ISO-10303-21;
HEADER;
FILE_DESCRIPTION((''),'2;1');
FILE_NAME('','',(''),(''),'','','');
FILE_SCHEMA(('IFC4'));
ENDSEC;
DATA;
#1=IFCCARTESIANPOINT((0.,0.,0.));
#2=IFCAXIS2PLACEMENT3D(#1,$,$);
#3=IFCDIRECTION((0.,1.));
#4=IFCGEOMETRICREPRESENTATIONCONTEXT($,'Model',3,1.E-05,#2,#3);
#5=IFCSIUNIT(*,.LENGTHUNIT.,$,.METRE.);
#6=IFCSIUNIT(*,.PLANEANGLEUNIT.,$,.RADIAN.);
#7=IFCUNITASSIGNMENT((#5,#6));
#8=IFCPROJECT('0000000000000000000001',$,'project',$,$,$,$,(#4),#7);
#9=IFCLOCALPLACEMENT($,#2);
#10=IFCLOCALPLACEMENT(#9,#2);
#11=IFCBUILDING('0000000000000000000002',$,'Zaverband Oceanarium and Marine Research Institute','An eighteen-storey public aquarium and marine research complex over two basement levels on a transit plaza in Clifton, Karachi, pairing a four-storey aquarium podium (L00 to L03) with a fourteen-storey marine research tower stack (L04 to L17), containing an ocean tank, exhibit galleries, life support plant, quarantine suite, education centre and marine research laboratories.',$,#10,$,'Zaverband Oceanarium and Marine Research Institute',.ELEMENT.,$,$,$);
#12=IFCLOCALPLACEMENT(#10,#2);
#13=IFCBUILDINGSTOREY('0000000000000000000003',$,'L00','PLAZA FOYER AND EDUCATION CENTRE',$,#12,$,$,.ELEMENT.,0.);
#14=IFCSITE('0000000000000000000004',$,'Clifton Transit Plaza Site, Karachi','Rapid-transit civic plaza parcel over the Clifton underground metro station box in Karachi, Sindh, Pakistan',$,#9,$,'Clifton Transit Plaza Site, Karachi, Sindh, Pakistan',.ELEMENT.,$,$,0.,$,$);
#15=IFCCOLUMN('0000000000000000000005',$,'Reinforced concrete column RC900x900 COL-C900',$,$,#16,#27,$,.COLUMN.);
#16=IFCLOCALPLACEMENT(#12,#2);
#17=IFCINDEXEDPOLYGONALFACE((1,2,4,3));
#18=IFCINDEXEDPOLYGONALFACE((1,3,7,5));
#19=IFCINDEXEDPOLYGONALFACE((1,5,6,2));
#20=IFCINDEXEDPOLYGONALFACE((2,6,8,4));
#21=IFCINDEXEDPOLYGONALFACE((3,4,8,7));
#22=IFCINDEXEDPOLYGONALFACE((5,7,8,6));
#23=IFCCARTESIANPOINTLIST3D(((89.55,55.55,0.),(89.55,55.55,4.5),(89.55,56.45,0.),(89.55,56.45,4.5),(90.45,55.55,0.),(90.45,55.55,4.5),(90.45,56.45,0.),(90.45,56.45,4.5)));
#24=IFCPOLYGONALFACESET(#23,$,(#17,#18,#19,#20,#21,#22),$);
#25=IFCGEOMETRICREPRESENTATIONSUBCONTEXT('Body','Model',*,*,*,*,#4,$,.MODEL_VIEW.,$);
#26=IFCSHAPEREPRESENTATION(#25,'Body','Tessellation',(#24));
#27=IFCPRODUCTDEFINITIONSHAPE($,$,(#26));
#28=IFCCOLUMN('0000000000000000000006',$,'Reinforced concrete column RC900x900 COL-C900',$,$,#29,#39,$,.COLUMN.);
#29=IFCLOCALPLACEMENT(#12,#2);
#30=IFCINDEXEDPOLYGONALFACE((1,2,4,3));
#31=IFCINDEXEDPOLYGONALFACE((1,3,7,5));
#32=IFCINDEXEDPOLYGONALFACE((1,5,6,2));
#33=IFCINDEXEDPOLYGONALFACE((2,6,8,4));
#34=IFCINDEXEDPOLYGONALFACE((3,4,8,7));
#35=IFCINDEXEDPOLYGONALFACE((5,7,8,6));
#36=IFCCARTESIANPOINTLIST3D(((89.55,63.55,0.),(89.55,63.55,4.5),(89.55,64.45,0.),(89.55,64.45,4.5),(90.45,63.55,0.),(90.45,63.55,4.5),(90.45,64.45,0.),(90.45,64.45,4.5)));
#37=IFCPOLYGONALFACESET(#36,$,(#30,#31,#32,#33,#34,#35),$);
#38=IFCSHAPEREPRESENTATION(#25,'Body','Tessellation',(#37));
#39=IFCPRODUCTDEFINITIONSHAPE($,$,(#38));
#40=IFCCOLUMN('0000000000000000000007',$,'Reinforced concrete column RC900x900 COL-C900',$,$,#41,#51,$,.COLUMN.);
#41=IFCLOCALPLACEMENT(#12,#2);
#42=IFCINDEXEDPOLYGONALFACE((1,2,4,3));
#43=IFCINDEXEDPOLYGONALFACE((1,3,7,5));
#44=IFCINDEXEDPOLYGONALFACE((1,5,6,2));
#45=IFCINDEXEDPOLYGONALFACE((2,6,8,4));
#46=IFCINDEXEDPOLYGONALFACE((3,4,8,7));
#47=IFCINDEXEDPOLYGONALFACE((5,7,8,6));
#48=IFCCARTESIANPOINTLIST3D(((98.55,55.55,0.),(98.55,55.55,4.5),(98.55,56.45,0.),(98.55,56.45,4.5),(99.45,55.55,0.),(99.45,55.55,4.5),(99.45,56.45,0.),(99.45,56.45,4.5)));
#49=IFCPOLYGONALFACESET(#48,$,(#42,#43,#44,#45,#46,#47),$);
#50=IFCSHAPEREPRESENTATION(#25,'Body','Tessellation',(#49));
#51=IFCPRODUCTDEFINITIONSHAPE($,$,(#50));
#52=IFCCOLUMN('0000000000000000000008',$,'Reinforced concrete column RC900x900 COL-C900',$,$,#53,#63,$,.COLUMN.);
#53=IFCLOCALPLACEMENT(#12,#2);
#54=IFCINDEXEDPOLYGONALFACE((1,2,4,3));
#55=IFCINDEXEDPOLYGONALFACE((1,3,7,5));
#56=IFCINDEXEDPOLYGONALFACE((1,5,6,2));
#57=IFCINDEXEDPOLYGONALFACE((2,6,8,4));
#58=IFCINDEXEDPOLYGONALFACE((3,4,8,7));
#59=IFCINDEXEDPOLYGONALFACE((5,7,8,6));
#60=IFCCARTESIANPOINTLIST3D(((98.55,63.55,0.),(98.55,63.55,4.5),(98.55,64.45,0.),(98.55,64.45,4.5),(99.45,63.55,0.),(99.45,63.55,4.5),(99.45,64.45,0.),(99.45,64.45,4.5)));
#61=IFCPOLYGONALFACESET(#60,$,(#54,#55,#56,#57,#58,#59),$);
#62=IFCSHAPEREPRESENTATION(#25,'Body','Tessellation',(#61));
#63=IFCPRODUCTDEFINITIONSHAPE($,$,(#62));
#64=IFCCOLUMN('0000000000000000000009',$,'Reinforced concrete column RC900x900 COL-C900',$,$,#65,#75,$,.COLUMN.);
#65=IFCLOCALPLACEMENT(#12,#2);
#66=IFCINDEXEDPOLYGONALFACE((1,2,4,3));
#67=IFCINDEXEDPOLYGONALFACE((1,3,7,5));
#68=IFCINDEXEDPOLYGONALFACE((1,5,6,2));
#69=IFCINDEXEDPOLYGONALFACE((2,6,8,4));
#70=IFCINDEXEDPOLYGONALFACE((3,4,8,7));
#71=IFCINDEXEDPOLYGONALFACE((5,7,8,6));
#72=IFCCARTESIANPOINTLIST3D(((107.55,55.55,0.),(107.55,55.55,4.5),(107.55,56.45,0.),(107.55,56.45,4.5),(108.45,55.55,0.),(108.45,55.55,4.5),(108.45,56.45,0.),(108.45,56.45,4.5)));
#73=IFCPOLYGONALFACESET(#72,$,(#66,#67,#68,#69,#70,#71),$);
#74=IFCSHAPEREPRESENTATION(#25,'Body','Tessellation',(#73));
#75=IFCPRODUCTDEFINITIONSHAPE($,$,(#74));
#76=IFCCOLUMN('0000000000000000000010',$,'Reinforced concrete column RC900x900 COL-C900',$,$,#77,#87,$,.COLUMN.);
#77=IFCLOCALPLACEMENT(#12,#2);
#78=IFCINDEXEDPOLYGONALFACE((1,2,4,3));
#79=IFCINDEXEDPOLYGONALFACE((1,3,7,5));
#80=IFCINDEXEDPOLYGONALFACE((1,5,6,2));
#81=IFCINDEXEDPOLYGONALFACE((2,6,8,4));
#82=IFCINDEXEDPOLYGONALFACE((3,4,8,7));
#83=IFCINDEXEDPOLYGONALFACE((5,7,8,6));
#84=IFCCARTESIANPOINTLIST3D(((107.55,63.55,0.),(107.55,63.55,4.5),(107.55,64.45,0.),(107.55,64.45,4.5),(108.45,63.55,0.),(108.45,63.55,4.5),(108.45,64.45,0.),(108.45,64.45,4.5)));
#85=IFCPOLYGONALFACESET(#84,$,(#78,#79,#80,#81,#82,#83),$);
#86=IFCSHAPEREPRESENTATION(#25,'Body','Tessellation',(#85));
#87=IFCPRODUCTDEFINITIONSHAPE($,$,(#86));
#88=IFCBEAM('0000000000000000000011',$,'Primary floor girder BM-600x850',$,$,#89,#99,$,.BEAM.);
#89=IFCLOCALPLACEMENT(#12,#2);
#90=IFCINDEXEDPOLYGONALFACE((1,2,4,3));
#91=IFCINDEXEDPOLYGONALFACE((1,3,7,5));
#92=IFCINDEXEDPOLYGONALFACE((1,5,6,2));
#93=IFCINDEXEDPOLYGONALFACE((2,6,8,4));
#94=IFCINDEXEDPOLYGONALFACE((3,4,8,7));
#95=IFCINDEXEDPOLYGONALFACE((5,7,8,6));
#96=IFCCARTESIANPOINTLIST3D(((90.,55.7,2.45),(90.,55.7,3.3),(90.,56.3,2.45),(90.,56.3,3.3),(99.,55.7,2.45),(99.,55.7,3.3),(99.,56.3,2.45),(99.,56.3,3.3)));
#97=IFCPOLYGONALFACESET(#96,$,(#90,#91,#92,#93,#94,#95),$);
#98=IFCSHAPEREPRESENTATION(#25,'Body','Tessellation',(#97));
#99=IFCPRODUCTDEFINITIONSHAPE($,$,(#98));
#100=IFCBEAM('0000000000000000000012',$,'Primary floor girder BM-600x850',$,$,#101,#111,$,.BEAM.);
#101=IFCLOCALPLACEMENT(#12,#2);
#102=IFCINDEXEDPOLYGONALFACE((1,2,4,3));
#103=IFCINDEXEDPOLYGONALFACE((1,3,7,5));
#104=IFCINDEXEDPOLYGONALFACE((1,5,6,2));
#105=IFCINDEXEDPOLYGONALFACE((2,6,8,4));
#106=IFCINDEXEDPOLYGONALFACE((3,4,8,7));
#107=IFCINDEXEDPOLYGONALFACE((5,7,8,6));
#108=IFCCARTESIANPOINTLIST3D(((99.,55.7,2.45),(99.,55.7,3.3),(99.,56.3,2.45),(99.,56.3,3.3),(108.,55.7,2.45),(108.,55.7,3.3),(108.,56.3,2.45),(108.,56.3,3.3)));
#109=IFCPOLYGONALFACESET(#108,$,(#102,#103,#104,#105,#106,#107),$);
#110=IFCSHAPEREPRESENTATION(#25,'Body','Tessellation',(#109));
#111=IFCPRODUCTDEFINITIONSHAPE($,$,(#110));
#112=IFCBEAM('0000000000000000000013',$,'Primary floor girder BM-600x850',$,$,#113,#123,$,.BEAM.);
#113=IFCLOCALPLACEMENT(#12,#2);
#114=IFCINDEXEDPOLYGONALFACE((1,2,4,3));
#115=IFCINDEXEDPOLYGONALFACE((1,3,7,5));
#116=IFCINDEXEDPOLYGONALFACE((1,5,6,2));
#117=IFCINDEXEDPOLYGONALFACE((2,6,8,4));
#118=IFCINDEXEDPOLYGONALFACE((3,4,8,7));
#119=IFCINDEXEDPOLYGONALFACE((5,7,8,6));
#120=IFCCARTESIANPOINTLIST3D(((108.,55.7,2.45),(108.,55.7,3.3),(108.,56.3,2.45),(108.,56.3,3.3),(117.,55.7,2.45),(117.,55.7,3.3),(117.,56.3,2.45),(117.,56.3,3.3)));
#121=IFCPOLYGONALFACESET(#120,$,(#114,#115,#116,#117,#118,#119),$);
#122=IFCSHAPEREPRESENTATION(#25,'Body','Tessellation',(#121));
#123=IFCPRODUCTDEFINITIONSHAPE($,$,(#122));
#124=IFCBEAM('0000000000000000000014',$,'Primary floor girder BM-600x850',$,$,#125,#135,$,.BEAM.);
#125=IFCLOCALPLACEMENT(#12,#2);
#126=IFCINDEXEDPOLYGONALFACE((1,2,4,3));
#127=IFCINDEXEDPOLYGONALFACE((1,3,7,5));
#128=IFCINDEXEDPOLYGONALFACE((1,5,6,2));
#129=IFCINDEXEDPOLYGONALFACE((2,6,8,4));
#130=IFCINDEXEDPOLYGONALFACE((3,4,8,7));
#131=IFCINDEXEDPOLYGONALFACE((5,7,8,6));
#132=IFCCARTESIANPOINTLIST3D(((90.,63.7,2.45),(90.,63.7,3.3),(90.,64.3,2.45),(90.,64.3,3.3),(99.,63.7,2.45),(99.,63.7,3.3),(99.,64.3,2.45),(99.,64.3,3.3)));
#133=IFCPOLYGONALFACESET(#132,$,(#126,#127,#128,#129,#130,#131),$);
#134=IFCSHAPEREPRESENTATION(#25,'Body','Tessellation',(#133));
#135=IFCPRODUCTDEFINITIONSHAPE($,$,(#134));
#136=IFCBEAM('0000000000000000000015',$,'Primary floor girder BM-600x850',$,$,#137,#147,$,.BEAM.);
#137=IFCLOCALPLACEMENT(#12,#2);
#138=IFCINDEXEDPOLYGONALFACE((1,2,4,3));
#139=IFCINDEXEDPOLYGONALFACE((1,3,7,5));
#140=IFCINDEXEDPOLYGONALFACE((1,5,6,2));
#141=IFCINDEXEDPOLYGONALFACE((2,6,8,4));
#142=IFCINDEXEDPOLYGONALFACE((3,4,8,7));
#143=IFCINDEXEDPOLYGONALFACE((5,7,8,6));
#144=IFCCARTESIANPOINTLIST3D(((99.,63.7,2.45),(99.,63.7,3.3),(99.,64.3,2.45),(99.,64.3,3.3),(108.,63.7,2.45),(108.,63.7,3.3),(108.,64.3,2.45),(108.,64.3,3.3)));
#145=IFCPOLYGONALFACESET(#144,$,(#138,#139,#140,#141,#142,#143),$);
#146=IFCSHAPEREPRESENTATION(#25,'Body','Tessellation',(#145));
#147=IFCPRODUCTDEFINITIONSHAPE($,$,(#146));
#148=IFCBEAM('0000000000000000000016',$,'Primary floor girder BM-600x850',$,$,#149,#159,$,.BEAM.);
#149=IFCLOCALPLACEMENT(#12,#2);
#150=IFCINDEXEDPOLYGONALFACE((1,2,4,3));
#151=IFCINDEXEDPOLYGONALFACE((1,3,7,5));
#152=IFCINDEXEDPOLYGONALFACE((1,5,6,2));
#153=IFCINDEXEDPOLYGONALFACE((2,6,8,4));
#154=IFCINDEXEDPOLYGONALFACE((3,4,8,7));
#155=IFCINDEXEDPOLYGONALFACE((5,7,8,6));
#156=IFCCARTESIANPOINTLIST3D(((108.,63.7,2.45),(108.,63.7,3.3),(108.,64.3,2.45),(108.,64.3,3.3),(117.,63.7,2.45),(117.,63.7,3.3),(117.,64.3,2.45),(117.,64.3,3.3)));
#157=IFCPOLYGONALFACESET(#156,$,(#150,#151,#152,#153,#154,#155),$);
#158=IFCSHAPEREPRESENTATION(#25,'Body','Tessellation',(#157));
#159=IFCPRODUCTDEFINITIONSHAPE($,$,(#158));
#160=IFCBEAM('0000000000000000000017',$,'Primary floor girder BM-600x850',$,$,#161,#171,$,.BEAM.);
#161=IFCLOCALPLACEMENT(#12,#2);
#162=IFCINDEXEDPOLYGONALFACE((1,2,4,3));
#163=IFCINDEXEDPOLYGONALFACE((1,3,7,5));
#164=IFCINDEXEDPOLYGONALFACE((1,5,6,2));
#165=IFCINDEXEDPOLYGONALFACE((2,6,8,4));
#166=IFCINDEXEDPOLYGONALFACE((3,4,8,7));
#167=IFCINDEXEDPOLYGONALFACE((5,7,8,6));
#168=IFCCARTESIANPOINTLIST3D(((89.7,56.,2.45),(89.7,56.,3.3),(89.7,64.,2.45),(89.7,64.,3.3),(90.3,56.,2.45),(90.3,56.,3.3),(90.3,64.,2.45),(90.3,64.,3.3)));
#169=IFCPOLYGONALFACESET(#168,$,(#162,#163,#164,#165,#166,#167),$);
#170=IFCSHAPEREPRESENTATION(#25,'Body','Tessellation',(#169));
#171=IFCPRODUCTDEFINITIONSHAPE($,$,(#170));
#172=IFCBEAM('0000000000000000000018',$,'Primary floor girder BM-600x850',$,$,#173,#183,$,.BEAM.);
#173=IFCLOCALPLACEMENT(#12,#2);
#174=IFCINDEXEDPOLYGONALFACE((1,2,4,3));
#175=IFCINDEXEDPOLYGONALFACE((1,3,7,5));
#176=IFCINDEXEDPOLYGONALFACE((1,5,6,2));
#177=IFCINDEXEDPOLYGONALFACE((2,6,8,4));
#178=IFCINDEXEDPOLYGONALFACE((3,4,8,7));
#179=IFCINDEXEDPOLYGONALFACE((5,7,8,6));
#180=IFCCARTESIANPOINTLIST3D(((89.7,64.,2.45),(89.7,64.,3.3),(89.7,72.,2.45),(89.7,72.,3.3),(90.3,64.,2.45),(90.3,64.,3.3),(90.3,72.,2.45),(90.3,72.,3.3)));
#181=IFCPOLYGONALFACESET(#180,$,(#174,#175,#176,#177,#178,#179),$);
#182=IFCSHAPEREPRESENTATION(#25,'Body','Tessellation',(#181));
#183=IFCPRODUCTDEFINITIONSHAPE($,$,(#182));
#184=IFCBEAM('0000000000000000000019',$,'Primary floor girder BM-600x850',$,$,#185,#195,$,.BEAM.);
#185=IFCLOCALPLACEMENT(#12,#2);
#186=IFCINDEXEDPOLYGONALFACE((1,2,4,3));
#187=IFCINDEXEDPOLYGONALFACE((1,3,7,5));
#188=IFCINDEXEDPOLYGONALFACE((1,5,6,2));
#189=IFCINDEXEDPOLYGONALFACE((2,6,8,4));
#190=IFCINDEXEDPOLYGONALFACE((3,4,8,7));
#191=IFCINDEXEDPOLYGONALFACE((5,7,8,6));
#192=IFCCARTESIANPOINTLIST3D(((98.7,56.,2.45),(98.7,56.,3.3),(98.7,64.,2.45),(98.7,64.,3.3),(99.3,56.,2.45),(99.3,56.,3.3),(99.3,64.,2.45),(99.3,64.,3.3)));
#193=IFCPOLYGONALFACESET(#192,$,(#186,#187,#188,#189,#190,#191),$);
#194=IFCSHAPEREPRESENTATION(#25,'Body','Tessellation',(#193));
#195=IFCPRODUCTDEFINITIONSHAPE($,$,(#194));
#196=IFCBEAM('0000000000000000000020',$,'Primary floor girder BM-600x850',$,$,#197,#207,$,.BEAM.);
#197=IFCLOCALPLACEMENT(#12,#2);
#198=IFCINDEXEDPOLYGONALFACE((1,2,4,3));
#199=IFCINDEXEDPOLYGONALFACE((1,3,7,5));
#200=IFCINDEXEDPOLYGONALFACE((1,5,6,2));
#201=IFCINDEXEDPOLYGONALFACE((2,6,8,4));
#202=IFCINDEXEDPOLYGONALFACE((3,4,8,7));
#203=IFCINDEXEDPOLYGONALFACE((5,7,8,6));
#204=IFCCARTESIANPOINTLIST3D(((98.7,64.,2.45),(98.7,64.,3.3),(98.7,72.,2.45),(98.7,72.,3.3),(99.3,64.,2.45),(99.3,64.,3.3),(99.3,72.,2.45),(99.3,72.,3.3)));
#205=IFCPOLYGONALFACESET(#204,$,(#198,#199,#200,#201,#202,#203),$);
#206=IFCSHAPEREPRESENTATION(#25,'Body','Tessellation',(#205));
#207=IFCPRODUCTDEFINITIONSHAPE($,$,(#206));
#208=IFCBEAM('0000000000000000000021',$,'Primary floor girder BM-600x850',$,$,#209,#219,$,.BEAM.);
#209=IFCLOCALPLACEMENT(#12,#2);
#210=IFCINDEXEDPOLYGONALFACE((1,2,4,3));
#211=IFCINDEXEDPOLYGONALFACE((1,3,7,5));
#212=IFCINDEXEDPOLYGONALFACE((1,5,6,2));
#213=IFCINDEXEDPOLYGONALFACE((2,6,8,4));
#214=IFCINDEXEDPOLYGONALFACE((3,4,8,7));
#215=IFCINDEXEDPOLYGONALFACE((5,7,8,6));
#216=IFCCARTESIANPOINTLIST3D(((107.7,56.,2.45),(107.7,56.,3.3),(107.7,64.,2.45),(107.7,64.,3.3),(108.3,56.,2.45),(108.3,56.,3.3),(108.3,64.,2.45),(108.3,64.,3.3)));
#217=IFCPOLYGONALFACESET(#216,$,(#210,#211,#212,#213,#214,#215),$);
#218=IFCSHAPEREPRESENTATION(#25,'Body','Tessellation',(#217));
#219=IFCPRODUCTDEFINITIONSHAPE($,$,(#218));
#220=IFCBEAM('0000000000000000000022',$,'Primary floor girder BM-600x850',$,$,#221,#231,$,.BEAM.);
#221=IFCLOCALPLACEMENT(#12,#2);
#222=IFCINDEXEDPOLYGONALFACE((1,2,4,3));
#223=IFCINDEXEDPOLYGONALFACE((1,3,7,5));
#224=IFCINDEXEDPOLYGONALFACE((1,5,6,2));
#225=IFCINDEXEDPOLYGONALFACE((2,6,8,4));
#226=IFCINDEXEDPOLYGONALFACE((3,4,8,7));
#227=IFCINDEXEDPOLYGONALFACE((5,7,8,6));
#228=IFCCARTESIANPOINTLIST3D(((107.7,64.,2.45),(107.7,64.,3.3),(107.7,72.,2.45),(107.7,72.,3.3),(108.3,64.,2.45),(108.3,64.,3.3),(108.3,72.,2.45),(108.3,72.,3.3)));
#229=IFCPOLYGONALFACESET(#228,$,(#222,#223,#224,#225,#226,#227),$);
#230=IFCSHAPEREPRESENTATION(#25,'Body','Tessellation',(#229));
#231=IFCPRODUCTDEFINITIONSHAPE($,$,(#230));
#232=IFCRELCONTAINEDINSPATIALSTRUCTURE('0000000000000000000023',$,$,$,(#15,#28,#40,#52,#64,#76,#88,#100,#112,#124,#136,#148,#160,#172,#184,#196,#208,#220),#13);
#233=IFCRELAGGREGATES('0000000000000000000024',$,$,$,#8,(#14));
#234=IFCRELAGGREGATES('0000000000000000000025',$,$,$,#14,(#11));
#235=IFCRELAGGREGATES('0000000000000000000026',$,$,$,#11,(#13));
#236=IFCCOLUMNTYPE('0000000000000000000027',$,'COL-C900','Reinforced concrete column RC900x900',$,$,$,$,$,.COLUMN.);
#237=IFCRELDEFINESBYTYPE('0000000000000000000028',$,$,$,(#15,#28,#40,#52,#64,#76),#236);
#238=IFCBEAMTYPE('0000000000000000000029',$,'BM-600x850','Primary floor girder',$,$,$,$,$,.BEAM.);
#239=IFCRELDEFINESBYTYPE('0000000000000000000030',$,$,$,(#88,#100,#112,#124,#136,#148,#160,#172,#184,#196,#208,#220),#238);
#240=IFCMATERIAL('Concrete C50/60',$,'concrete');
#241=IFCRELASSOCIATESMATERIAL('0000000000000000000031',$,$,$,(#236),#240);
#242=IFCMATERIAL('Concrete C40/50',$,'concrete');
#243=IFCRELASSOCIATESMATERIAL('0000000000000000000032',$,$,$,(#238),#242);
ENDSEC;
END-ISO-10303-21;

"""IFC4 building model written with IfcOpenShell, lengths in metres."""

from ifc_helpers import new_model, si_unit, direction, frame, origin, origin_2d, place, context, subcontext, project, spatial, rectangle, extrude, material, material_profile, profile_set, type_object, element, save


model = new_model("IFC4")

# Units and contexts
model_context = context("Model", 3, precision=1e-05, world=origin(), true_north=direction((0.0, 1.0)))
body_context = subcontext(model_context, "Body", "Model", "MODEL_VIEW")
ifc_project = project(units=[si_unit("LENGTHUNIT", "METRE"), si_unit("PLANEANGLEUNIT", "RADIAN")], contexts=[model_context])

# Site, building, storey
site_placement = place(None, origin())
site = spatial("IfcSite", under=ifc_project, at=site_placement, Name="Clifton Transit Plaza Site, Karachi", Description="Rapid-transit civic plaza parcel over the Clifton underground metro station box in Karachi, Sindh, Pakistan", LongName="Clifton Transit Plaza Site, Karachi, Sindh, Pakistan", CompositionType="ELEMENT", RefElevation=0.0)
building_placement = place(site_placement, origin())
building = spatial("IfcBuilding", under=site, at=building_placement, Name="Zaverband Oceanarium and Marine Research Institute", Description="An eighteen-storey public aquarium and marine research complex over two basement levels on a transit plaza in Clifton, Karachi, pairing a four-storey aquarium podium (L00 to L03) with a fourteen-storey marine research tower stack (L04 to L17), containing an ocean tank, exhibit galleries, life support plant, quarantine suite, education centre and marine research laboratories.", LongName="Zaverband Oceanarium and Marine Research Institute", CompositionType="ELEMENT")
storey_placement = place(building_placement, origin())
storey = spatial("IfcBuildingStorey", under=building, at=storey_placement, Name="L00", Description="PLAZA FOYER AND EDUCATION CENTRE", CompositionType="ELEMENT", Elevation=0.0)

# Columns
ifc_material_1 = material(Name="Concrete C50/60", Category="concrete")
ifc_material_profile_1 = material_profile(ifc_material_1, rectangle(XDim=0.8999, YDim=0.8999, at=origin_2d()), Name="RC900x900")
ifc_profile_set_1 = profile_set([ifc_material_profile_1], Name="Concrete C50/60")
column_type = type_object("IfcColumnType", Name="COL-C900", Description="Reinforced concrete column RC900x900", PredefinedType="COLUMN", material=ifc_profile_set_1)
for number, where, z_axis, x_axis, name in (
    (1, (90.0, 56.0, 0.0), (0.0, 0.0, 1.0), (1.0, 0.0, 0.0), "Reinforced concrete column RC900x900 COL-C900"),
    (2, (90.0, 64.0, 0.0), (0.0, 0.0, 1.0), (1.0, 0.0, 0.0), "Reinforced concrete column RC900x900 COL-C900"),
    (3, (99.0, 56.0, 0.0), (0.0, 0.0, 1.0), (1.0, 0.0, 0.0), "Reinforced concrete column RC900x900 COL-C900"),
    (4, (99.0, 64.0, 0.0), (0.0, 0.0, 1.0), (1.0, 0.0, 0.0), "Reinforced concrete column RC900x900 COL-C900"),
    (5, (108.0, 56.0, 0.0), (0.0, 0.0, 1.0), (1.0, 0.0, 0.0), "Reinforced concrete column RC900x900 COL-C900"),
    (6, (108.0, 64.0, 0.0), (0.0, 0.0, 1.0), (1.0, 0.0, 0.0), "Reinforced concrete column RC900x900 COL-C900"),
):
    element("IfcColumn", number, at=place(storey_placement, frame(where, z_axis=z_axis, x_axis=x_axis)), inside=storey, type_object=column_type, Name=name, PredefinedType="COLUMN", context=body_context, shape_type="SweptSolid", body=[
        extrude(rectangle(XDim=0.8999, YDim=0.8999, at=origin_2d()), origin(), (0.0, 0.0, 1.0), 4.5),
    ])

# Beams
ifc_material_2 = material(Name="Concrete C40/50", Category="concrete")
ifc_material_profile_2 = material_profile(ifc_material_2, rectangle(XDim=0.6001, YDim=0.8501, at=origin_2d()), Name="RC600x850")
ifc_profile_set_2 = profile_set([ifc_material_profile_2], Name="Concrete C40/50")
beam_type_1 = type_object("IfcBeamType", Name="BM-600x850", Description="Primary floor girder", PredefinedType="BEAM", material=ifc_profile_set_2)
for number, where, z_axis, x_axis, name in (
    (7, (90.0, 56.0, 2.875), (1.0, 0.0, 0.0), (0.0, 1.0, 0.0), "Primary floor girder BM-600x850"),
    (8, (99.0, 56.0, 2.875), (1.0, 0.0, 0.0), (0.0, 1.0, 0.0), "Primary floor girder BM-600x850"),
    (9, (108.0, 56.0, 2.875), (1.0, 0.0, 0.0), (0.0, 1.0, 0.0), "Primary floor girder BM-600x850"),
    (10, (90.0, 64.0, 2.875), (1.0, 0.0, 0.0), (0.0, 1.0, 0.0), "Primary floor girder BM-600x850"),
    (11, (99.0, 64.0, 2.875), (1.0, 0.0, 0.0), (0.0, 1.0, 0.0), "Primary floor girder BM-600x850"),
    (12, (108.0, 64.0, 2.875), (1.0, 0.0, 0.0), (0.0, 1.0, 0.0), "Primary floor girder BM-600x850"),
):
    element("IfcBeam", number, at=place(storey_placement, frame(where, z_axis=z_axis, x_axis=x_axis)), inside=storey, type_object=beam_type_1, Name=name, PredefinedType="BEAM", context=body_context, shape_type="SweptSolid", body=[
        extrude(rectangle(XDim=0.6001, YDim=0.8501, at=origin_2d()), origin(), (0.0, 0.0, 1.0), 9.0),
    ])
for number, where, z_axis, x_axis, name in (
    (13, (90.0, 56.0, 2.875), (0.0, 1.0, 0.0), (-1.0, 0.0, 0.0), "Primary floor girder BM-600x850"),
    (14, (90.0, 64.0, 2.875), (0.0, 1.0, 0.0), (-1.0, 0.0, 0.0), "Primary floor girder BM-600x850"),
    (15, (99.0, 56.0, 2.875), (0.0, 1.0, 0.0), (-1.0, 0.0, 0.0), "Primary floor girder BM-600x850"),
    (16, (99.0, 64.0, 2.875), (0.0, 1.0, 0.0), (-1.0, 0.0, 0.0), "Primary floor girder BM-600x850"),
    (17, (108.0, 56.0, 2.875), (0.0, 1.0, 0.0), (-1.0, 0.0, 0.0), "Primary floor girder BM-600x850"),
    (18, (108.0, 64.0, 2.875), (0.0, 1.0, 0.0), (-1.0, 0.0, 0.0), "Primary floor girder BM-600x850"),
):
    element("IfcBeam", number, at=place(storey_placement, frame(where, z_axis=z_axis, x_axis=x_axis)), inside=storey, type_object=beam_type_1, Name=name, PredefinedType="BEAM", context=body_context, shape_type="SweptSolid", body=[
        extrude(rectangle(XDim=0.6001, YDim=0.8501, at=origin_2d()), origin(), (0.0, 0.0, 1.0), 8.0),
    ])

save(model, "model.ifc")
